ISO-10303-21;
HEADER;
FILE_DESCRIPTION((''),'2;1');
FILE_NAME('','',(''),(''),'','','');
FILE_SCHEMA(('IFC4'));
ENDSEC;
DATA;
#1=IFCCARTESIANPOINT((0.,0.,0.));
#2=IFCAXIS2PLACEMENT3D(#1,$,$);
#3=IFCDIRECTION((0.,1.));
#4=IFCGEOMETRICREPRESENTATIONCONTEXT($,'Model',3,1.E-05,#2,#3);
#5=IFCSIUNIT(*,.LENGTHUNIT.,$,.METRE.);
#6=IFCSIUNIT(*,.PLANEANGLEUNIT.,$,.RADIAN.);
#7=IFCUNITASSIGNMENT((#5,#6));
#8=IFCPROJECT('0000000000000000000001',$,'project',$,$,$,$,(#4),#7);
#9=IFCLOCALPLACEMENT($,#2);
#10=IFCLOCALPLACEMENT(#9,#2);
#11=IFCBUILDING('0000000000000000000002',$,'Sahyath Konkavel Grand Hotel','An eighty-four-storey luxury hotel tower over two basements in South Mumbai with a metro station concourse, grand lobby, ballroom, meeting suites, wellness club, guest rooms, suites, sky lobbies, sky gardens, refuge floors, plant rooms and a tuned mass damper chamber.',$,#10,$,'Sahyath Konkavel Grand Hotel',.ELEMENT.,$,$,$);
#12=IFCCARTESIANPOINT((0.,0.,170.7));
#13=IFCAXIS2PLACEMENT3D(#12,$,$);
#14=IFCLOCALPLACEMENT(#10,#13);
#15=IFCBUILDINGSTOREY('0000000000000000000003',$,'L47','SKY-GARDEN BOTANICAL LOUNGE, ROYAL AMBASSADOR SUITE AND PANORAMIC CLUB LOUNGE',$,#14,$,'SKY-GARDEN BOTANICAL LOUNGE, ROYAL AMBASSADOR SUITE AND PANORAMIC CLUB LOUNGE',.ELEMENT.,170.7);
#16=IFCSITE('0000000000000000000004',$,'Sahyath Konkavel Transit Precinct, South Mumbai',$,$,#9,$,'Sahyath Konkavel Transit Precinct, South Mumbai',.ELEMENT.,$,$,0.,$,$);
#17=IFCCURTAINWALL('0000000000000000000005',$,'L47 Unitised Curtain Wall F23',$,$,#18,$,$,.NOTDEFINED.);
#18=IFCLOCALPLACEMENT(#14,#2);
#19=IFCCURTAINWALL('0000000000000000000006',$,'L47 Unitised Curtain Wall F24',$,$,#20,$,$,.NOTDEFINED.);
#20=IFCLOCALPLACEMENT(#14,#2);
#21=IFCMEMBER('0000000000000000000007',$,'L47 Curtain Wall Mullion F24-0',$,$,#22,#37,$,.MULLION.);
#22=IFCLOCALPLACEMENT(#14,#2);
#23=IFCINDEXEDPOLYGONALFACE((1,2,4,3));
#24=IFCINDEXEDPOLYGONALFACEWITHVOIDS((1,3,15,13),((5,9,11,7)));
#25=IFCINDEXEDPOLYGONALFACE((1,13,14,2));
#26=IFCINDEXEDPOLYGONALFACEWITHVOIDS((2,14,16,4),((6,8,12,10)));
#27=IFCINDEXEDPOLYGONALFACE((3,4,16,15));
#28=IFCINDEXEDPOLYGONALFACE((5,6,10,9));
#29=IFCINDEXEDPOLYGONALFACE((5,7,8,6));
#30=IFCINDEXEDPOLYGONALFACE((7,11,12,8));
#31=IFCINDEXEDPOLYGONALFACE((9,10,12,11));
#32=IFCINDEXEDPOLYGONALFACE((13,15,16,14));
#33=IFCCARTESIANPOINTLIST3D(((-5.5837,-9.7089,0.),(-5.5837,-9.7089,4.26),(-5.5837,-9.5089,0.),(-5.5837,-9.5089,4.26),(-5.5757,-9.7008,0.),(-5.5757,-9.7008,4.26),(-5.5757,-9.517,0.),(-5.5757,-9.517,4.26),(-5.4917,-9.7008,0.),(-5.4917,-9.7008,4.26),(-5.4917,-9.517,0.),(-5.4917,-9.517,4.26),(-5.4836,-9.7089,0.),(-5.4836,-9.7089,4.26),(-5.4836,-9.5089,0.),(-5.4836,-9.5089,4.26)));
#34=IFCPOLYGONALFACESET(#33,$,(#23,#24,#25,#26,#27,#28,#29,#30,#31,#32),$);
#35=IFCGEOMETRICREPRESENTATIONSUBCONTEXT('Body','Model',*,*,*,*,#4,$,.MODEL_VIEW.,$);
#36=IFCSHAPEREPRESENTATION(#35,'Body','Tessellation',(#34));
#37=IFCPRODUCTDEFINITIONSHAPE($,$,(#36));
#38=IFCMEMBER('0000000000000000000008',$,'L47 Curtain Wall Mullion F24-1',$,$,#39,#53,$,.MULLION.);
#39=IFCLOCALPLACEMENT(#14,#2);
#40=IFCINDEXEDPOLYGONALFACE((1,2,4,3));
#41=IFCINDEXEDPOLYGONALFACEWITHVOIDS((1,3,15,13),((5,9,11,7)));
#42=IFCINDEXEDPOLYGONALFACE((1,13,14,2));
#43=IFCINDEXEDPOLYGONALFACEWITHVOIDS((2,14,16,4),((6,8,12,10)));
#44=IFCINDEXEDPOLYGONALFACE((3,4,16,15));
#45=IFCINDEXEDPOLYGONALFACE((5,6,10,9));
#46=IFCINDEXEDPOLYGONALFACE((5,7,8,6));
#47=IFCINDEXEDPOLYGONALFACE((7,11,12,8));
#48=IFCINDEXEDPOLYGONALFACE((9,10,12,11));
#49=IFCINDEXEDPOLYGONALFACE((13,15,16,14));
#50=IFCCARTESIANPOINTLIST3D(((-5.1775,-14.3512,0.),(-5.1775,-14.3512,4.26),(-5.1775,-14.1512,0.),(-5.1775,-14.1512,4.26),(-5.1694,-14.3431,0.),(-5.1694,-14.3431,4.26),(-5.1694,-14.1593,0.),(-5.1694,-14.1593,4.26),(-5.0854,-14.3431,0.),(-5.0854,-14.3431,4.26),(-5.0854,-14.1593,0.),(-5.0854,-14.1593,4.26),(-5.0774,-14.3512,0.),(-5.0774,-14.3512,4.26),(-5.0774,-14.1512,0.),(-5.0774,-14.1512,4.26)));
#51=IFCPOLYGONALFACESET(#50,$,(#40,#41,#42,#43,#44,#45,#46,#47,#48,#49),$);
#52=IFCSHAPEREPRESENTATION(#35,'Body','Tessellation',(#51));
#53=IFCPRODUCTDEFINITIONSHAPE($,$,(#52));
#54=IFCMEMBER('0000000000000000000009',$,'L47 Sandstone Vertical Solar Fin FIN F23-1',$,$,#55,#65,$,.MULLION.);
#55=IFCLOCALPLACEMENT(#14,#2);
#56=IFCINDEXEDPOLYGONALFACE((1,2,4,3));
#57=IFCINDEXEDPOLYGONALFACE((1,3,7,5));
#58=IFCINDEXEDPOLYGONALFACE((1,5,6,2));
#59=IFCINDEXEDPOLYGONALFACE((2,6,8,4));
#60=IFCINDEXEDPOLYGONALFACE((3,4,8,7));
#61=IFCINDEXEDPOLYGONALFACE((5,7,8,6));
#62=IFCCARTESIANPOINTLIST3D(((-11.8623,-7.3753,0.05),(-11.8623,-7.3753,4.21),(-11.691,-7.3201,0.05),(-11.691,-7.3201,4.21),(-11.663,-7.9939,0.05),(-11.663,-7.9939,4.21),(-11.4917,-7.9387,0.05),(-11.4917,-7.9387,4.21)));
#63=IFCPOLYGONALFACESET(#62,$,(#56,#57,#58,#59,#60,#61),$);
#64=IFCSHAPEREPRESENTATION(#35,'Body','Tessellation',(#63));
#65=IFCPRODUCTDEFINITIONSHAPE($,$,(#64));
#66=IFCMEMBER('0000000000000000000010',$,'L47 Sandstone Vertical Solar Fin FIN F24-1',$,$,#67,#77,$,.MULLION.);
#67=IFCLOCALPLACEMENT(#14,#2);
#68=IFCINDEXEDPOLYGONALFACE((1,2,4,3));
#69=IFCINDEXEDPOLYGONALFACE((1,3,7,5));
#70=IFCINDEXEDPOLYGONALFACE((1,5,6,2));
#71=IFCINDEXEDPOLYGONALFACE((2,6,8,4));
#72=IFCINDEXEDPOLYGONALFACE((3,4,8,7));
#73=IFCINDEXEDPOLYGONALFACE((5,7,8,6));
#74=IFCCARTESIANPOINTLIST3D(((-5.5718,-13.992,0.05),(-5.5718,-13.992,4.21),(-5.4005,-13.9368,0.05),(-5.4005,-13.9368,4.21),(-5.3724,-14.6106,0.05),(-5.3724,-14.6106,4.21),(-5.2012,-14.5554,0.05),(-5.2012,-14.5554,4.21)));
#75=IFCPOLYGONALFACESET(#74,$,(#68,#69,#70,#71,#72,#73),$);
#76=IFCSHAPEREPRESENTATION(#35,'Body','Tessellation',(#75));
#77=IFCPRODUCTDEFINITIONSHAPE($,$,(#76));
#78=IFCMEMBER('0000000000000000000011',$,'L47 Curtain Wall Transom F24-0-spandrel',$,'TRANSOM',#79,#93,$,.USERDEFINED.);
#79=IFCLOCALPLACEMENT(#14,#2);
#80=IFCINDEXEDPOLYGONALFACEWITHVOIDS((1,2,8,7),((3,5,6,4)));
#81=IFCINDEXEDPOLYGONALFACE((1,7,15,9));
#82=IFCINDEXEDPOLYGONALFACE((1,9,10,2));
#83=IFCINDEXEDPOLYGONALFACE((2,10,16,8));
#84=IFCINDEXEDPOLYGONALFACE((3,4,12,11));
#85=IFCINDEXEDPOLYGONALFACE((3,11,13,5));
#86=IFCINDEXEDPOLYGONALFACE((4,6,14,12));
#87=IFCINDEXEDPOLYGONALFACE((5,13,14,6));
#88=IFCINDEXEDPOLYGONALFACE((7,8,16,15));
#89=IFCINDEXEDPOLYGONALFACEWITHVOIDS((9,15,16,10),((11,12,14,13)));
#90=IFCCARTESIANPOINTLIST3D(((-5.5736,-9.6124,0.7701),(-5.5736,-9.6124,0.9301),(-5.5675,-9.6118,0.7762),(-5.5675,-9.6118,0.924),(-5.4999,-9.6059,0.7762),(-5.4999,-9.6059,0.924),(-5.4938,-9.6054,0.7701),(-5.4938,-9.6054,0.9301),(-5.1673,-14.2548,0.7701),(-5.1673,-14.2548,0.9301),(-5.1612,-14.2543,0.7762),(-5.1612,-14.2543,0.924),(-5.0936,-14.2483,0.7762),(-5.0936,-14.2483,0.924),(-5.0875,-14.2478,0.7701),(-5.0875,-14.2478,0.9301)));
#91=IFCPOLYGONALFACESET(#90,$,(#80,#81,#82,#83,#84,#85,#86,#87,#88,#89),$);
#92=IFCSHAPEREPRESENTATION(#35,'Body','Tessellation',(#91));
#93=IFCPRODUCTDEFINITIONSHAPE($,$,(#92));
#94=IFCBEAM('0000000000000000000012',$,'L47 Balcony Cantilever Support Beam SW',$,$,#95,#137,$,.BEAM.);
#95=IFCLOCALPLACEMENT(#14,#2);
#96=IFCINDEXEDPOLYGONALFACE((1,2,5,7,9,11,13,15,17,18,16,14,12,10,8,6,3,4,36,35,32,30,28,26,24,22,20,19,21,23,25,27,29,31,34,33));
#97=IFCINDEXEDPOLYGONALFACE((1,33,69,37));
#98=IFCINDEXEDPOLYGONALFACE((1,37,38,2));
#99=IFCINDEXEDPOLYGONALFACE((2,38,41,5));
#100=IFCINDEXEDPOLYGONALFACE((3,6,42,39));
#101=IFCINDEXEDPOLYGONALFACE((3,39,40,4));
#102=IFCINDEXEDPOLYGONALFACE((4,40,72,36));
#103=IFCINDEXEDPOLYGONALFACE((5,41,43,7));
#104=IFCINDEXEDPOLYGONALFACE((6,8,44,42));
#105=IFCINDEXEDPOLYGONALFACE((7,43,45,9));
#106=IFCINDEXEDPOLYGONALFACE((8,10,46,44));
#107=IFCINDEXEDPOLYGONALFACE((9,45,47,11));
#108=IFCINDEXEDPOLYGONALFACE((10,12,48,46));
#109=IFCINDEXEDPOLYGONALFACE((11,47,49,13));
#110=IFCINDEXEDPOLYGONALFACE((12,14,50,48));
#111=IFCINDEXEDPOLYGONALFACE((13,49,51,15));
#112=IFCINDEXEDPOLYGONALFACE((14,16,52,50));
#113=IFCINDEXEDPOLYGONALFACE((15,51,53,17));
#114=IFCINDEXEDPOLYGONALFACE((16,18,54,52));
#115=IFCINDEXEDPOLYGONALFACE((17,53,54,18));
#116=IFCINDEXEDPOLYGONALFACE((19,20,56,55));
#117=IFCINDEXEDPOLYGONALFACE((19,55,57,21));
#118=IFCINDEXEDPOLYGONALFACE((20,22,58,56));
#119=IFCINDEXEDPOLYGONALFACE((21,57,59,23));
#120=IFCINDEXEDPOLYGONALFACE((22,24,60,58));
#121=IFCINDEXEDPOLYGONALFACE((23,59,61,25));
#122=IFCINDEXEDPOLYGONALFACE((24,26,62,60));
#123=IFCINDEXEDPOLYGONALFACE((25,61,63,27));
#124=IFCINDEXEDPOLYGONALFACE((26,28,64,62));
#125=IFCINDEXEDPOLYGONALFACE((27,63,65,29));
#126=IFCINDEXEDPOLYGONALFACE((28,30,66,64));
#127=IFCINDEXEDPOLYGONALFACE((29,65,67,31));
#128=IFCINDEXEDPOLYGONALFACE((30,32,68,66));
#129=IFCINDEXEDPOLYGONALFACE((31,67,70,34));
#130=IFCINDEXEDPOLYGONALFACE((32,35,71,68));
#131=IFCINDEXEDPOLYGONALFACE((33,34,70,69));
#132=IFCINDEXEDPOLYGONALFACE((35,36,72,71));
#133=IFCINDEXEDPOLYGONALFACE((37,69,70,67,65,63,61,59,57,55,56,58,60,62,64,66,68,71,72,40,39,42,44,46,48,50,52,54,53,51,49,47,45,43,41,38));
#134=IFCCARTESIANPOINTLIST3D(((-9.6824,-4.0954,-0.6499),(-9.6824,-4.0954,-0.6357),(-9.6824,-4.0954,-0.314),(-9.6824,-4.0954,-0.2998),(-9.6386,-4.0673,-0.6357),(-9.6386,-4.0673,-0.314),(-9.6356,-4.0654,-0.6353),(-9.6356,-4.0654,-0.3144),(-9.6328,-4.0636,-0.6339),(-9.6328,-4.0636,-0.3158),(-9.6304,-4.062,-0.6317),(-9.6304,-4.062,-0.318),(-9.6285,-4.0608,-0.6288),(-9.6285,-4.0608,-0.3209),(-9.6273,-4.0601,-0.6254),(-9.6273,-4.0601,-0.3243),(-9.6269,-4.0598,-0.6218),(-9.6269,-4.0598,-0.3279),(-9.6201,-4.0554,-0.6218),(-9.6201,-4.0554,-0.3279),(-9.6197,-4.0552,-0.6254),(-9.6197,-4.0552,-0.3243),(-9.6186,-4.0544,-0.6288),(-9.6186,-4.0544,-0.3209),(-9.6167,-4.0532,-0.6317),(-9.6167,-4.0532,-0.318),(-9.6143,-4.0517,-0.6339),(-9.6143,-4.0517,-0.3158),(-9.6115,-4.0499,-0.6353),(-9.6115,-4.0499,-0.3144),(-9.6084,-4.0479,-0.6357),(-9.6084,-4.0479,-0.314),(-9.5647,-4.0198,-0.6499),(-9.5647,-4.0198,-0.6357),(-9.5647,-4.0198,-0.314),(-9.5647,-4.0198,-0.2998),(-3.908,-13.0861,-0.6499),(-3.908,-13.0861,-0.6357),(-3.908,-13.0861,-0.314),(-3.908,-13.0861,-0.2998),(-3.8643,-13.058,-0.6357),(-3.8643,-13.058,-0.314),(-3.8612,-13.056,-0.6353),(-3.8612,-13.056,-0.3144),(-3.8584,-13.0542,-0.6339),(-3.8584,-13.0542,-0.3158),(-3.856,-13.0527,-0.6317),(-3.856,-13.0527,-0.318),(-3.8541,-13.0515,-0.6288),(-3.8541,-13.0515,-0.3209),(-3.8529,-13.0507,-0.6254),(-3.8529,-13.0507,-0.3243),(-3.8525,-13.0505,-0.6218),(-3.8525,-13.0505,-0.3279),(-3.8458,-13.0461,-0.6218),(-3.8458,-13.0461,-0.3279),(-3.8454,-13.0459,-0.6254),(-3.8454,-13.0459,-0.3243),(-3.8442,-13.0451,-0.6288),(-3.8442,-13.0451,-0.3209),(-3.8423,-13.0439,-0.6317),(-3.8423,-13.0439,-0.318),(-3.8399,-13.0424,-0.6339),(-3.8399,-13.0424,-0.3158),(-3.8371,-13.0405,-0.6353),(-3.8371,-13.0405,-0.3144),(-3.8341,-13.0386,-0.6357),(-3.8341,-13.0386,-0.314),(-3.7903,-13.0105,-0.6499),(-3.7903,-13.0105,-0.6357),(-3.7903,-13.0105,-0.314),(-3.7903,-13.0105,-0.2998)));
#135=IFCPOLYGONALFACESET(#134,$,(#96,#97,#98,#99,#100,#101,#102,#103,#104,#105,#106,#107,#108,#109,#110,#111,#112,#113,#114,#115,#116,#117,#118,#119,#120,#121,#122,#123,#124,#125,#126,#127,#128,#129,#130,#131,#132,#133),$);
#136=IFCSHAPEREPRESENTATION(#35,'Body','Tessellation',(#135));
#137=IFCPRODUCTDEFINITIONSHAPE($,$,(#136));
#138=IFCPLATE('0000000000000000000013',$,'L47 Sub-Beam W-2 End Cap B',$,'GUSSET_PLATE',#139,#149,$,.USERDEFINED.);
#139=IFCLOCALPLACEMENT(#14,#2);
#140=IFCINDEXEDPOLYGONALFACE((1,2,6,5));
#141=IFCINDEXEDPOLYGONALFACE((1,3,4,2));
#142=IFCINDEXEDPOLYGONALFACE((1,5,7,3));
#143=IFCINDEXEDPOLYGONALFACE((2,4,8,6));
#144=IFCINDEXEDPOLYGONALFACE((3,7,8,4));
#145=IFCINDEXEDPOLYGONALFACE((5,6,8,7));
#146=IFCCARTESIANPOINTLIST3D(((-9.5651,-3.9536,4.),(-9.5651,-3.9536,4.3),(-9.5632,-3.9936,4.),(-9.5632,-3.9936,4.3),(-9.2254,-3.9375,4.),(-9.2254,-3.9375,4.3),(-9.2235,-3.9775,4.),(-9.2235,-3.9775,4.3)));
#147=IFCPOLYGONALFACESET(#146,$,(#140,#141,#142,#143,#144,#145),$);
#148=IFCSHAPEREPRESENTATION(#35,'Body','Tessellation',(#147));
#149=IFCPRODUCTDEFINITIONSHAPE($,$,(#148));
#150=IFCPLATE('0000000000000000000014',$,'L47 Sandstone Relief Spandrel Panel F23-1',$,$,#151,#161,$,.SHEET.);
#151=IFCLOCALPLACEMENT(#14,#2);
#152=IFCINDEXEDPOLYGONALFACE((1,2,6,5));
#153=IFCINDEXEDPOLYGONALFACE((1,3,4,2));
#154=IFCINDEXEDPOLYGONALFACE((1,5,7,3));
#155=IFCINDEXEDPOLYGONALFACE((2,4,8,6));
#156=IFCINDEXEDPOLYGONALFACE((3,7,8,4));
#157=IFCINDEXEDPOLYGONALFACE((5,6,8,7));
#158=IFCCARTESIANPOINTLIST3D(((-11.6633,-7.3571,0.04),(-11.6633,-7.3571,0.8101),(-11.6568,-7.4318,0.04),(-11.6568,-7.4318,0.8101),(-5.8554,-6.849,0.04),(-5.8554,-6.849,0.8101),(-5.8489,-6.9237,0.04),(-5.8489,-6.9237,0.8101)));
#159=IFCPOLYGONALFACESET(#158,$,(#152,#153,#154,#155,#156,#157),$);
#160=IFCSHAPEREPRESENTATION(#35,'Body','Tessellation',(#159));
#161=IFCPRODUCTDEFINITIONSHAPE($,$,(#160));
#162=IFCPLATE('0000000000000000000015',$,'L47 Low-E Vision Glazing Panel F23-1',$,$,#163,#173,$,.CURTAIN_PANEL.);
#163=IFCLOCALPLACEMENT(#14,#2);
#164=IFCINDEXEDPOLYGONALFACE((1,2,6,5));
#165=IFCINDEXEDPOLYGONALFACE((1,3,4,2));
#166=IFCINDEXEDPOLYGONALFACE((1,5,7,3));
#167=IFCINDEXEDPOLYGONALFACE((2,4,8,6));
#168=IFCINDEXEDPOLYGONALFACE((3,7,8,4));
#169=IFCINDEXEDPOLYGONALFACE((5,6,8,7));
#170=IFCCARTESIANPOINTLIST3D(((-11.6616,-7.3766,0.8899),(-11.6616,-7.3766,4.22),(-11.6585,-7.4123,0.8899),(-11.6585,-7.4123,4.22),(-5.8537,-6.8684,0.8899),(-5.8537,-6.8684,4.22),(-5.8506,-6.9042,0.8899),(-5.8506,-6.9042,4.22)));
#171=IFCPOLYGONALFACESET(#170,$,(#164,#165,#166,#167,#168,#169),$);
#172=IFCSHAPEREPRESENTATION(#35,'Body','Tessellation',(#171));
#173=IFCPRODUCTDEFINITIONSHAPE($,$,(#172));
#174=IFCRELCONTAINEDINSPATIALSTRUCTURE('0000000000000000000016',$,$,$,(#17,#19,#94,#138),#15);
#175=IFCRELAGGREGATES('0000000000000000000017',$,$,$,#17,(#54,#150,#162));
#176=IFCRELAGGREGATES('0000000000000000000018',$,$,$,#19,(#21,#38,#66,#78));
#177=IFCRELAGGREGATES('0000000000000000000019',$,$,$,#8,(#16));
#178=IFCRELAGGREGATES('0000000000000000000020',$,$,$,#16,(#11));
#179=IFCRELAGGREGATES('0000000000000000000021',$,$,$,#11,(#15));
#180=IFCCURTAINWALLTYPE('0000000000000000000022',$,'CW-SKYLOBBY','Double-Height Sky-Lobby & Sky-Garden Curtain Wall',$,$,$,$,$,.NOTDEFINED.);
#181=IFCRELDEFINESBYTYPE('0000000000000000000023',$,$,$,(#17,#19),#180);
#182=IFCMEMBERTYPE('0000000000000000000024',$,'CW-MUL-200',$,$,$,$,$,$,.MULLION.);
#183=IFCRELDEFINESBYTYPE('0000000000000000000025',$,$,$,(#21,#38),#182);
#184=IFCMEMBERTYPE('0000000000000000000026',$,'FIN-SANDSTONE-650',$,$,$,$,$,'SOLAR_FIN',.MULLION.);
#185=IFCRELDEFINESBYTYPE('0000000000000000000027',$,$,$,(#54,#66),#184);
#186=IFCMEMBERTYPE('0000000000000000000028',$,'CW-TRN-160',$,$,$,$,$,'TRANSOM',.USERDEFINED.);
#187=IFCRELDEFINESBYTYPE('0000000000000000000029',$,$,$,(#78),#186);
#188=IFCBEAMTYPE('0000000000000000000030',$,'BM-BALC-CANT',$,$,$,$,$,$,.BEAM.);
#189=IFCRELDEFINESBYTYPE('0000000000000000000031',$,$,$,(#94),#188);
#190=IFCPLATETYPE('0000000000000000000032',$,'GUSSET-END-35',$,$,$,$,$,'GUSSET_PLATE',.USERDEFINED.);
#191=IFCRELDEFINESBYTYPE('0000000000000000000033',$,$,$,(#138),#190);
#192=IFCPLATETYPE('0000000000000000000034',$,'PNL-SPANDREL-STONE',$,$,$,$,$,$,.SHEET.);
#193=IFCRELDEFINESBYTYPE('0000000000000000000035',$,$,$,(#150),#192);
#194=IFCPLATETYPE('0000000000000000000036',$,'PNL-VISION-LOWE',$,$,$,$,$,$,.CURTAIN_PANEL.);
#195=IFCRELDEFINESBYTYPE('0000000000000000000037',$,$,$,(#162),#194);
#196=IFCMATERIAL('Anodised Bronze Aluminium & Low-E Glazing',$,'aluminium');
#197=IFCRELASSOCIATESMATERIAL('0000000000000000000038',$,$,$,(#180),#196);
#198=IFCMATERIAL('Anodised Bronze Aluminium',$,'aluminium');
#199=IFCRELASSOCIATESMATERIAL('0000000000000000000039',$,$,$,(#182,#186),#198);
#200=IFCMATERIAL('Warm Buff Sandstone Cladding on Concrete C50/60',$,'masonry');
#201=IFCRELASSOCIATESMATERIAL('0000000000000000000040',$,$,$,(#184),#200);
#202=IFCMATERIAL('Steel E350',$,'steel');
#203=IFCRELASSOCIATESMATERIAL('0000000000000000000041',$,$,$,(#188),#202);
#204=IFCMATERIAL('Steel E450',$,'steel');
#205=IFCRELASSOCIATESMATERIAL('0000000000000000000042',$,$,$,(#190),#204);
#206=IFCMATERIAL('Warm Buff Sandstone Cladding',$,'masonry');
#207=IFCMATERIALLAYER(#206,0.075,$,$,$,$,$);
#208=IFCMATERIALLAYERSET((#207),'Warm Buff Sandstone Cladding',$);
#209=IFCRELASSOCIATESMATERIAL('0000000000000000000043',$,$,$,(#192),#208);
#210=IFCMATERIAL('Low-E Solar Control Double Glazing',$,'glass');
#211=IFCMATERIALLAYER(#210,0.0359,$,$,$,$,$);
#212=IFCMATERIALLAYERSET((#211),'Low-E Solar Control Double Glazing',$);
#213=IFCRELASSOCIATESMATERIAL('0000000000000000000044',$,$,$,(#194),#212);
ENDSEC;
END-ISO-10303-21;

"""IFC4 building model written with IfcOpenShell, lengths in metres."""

from ifc_helpers import new_model, si_unit, direction, frame, origin, origin_2d, place, context, subcontext, project, spatial, rectangle, hollow_rectangle, i_section, extrude, source, transform, mapped, material, layer, layer_set, material_profile, profile_set, type_object, element, aggregate, save


model = new_model("IFC4")

# Units and contexts
model_context = context("Model", 3, precision=1e-05, world=origin(), true_north=direction((0.0, 1.0)))
body_context = subcontext(model_context, "Body", "Model", "MODEL_VIEW")
ifc_project = project(units=[si_unit("LENGTHUNIT", "METRE"), si_unit("PLANEANGLEUNIT", "RADIAN")], contexts=[model_context])

# Site, building, storey
site_placement = place(None, origin())
site = spatial("IfcSite", under=ifc_project, at=site_placement, Name="Sahyath Konkavel Transit Precinct, South Mumbai", LongName="Sahyath Konkavel Transit Precinct, South Mumbai", CompositionType="ELEMENT", RefElevation=0.0)
building_placement = place(site_placement, origin())
building = spatial("IfcBuilding", under=site, at=building_placement, Name="Sahyath Konkavel Grand Hotel", Description="An eighty-four-storey luxury hotel tower over two basements in South Mumbai with a metro station concourse, grand lobby, ballroom, meeting suites, wellness club, guest rooms, suites, sky lobbies, sky gardens, refuge floors, plant rooms and a tuned mass damper chamber.", LongName="Sahyath Konkavel Grand Hotel", CompositionType="ELEMENT")
storey_placement = place(building_placement, frame((0.0, 0.0, 170.7)))
storey = spatial("IfcBuildingStorey", under=building, at=storey_placement, Name="L47", Description="SKY-GARDEN BOTANICAL LOUNGE, ROYAL AMBASSADOR SUITE AND PANORAMIC CLUB LOUNGE", LongName="SKY-GARDEN BOTANICAL LOUNGE, ROYAL AMBASSADOR SUITE AND PANORAMIC CLUB LOUNGE", CompositionType="ELEMENT", Elevation=170.7)

# Shared definitions
ifc_material_1 = material(Name="Steel E350", Category="steel")

# Curtain wall
ifc_material_2 = material(Name="Anodised Bronze Aluminium & Low-E Glazing", Category="aluminium")
curtain_wall_type = type_object("IfcCurtainWallType", Name="CW-SKYLOBBY", Description="Double-Height Sky-Lobby & Sky-Garden Curtain Wall", PredefinedType="NOTDEFINED", material=ifc_material_2)
curtain_wall_1_placement = place(storey_placement, origin())
curtain_wall_1 = element("IfcCurtainWall", 1, at=curtain_wall_1_placement, inside=storey, type_object=curtain_wall_type, Name="L47 Unitised Curtain Wall F23", PredefinedType="NOTDEFINED")
ifc_material_3 = material(Name="Anodised Bronze Aluminium", Category="aluminium")
ifc_material_profile_1 = material_profile(ifc_material_3, hollow_rectangle(XDim=0.1001, YDim=0.2, WallThickness=0.0081, at=origin_2d()), Name="RHS 200x100x8")
ifc_profile_set_1 = profile_set([ifc_material_profile_1], Name="Anodised Bronze Aluminium")
member_type_1 = type_object("IfcMemberType", Name="CW-MUL-200", PredefinedType="MULLION", material=ifc_profile_set_1)
shared_shape_1 = source(origin(), body_context, "Body", "SweptSolid", [
    extrude(hollow_rectangle(XDim=0.1001, YDim=0.2, WallThickness=0.0081, at=origin_2d()), origin(), (0.0, 0.0, 1.0), 4.26),
])

# Curtain wall, members
curtain_wall_2_placement = place(storey_placement, origin())
curtain_wall_2 = element("IfcCurtainWall", 2, at=curtain_wall_2_placement, inside=storey, type_object=curtain_wall_type, Name="L47 Unitised Curtain Wall F24", PredefinedType="NOTDEFINED")
member_1_placement = place(storey_placement, frame((-5.5337, -9.6089, 0.0), z_axis=(0.0, 0.0, 1.0), x_axis=(1.0, 0.0, 0.0)))
member_1 = element("IfcMember", 3, at=member_1_placement, type_object=member_type_1, Name="L47 Curtain Wall Mullion F24-0", PredefinedType="MULLION", context=body_context, shape_type="MappedRepresentation", body=[
    mapped(shared_shape_1, transform((0.0, 0.0, 0.0), scale=1.0)),
])
member_2_placement = place(storey_placement, frame((-5.1274, -14.2512, 0.0), z_axis=(0.0, 0.0, 1.0), x_axis=(1.0, 0.0, 0.0)))
member_2 = element("IfcMember", 4, at=member_2_placement, type_object=member_type_1, Name="L47 Curtain Wall Mullion F24-1", PredefinedType="MULLION", context=body_context, shape_type="MappedRepresentation", body=[
    mapped(shared_shape_1, transform((0.0, 0.0, 0.0), scale=1.0)),
])

# Members
ifc_material_4 = material(Name="Warm Buff Sandstone Cladding on Concrete C50/60", Category="masonry")
ifc_material_profile_2 = material_profile(ifc_material_4, rectangle(XDim=0.1799, YDim=0.6499, at=origin_2d()), Name="FIN 180x650")
ifc_profile_set_2 = profile_set([ifc_material_profile_2], Name="Warm Buff Sandstone Cladding on Concrete C50/60")
member_type_2 = type_object("IfcMemberType", Name="FIN-SANDSTONE-650", ElementType="SOLAR_FIN", PredefinedType="MULLION", material=ifc_profile_set_2)
shared_shape_2 = source(origin(), body_context, "Body", "SweptSolid", [
    extrude(rectangle(XDim=0.1799, YDim=0.6499, at=origin_2d()), origin(), (0.0, 0.0, 1.0), 4.1599),
])
member_3_placement = place(storey_placement, frame((-11.677, -7.657, 0.05), z_axis=(0.0, 0.0, 1.0), x_axis=(0.951809, 0.306692, 0.0)))
member_3 = element("IfcMember", 5, at=member_3_placement, type_object=member_type_2, Name="L47 Sandstone Vertical Solar Fin FIN F23-1", PredefinedType="MULLION", context=body_context, shape_type="MappedRepresentation", body=[
    mapped(shared_shape_2, transform((0.0, 0.0, 0.0), scale=1.0)),
])
member_4_placement = place(storey_placement, frame((-5.3865, -14.2737, 0.05), z_axis=(0.0, 0.0, 1.0), x_axis=(0.951809, 0.306692, 0.0)))
member_4 = element("IfcMember", 6, at=member_4_placement, type_object=member_type_2, Name="L47 Sandstone Vertical Solar Fin FIN F24-1", PredefinedType="MULLION", context=body_context, shape_type="MappedRepresentation", body=[
    mapped(shared_shape_2, transform((0.0, 0.0, 0.0), scale=1.0)),
])
ifc_material_profile_3 = material_profile(ifc_material_3, hollow_rectangle(XDim=0.0801, YDim=0.1599, WallThickness=0.0061, at=origin_2d()), Name="RHS 160x80x6")
ifc_profile_set_3 = profile_set([ifc_material_profile_3], Name="Anodised Bronze Aluminium")
member_type_3 = type_object("IfcMemberType", Name="CW-TRN-160", ElementType="TRANSOM", PredefinedType="USERDEFINED", material=ifc_profile_set_3)
shared_shape_3 = source(origin(), body_context, "Body", "SweptSolid", [
    extrude(hollow_rectangle(XDim=0.0801, YDim=0.1599, WallThickness=0.0061, at=origin_2d()), origin(), (0.0, 0.0, 1.0), 4.6602),
])
member_5_placement = place(storey_placement, frame((-5.5337, -9.6089, 0.8501), z_axis=(0.087177, -0.996193, 0.0), x_axis=(0.996193, 0.087177, 0.0)))
member_5 = element("IfcMember", 7, at=member_5_placement, type_object=member_type_3, Name="L47 Curtain Wall Transom F24-0-spandrel", ObjectType="TRANSOM", PredefinedType="USERDEFINED", context=body_context, shape_type="MappedRepresentation", body=[
    mapped(shared_shape_3, transform((0.0, 0.0, 0.0), scale=1.0)),
])

# Beam
ifc_material_profile_4 = material_profile(ifc_material_1, i_section(OverallWidth=0.1399, OverallDepth=0.3501, WebThickness=0.0081, FlangeThickness=0.0142, FilletRadius=0.0139, at=origin_2d()), Name="ISMB 350")
ifc_profile_set_4 = profile_set([ifc_material_profile_4], Name="Steel E350")
beam_type_1 = type_object("IfcBeamType", Name="BM-BALC-CANT", PredefinedType="BEAM", material=ifc_profile_set_4)
shared_shape_4 = source(origin(), body_context, "Body", "SweptSolid", [
    extrude(i_section(OverallWidth=0.1399, OverallDepth=0.3501, WebThickness=0.0081, FlangeThickness=0.0142, FilletRadius=0.0139, at=origin_2d()), origin(), (0.0, 0.0, 1.0), 10.6853),
])
beam_1_placement = place(storey_placement, frame((-9.6235, -4.0576, -0.4749), z_axis=(0.540404, -0.841406, 0.0), x_axis=(0.841406, 0.540404, 0.0)))
element("IfcBeam", 8, at=beam_1_placement, inside=storey, type_object=beam_type_1, Name="L47 Balcony Cantilever Support Beam SW", PredefinedType="BEAM", context=body_context, shape_type="MappedRepresentation", body=[
    mapped(shared_shape_4, transform((0.0, 0.0, 0.0), scale=1.0)),
])

# Plates
ifc_material_5 = material(Name="Steel E450", Category="steel")
plate_type_1 = type_object("IfcPlateType", Name="GUSSET-END-35", ElementType="GUSSET_PLATE", PredefinedType="USERDEFINED", material=ifc_material_5)
shared_shape_5 = source(origin(), body_context, "Body", "SweptSolid", [
    extrude(rectangle(XDim=0.04, YDim=0.3401, at=origin_2d()), origin(), (0.0, 0.0, 1.0), 0.3),
])
plate_1_placement = place(storey_placement, frame((-9.3943, -3.9656, 4.0), z_axis=(0.0, 0.0, 1.0), x_axis=(0.047228, -0.998884, 0.0)))
element("IfcPlate", 9, at=plate_1_placement, inside=storey, type_object=plate_type_1, Name="L47 Sub-Beam W-2 End Cap B", ObjectType="GUSSET_PLATE", PredefinedType="USERDEFINED", context=body_context, shape_type="MappedRepresentation", body=[
    mapped(shared_shape_5, transform((0.0, 0.0, 0.0), scale=1.0)),
])
ifc_material_6 = material(Name="Warm Buff Sandstone Cladding", Category="masonry")
ifc_layer_1 = layer(ifc_material_6, 0.075)
ifc_layer_set_1 = layer_set([ifc_layer_1], Name="Warm Buff Sandstone Cladding")
plate_type_2 = type_object("IfcPlateType", Name="PNL-SPANDREL-STONE", PredefinedType="SHEET", material=ifc_layer_set_1)
shared_shape_6 = source(origin(), body_context, "Body", "SweptSolid", [
    extrude(rectangle(XDim=5.8301, YDim=0.075, at=origin_2d()), origin(), (0.0, 0.0, 1.0), 0.77),
])
plate_2_placement = place(storey_placement, frame((-8.7561, -7.1404, 0.04), z_axis=(0.0, 0.0, 1.0), x_axis=(0.996195, 0.087156, 0.0)))
plate_2 = element("IfcPlate", 10, at=plate_2_placement, type_object=plate_type_2, Name="L47 Sandstone Relief Spandrel Panel F23-1", PredefinedType="SHEET", context=body_context, shape_type="MappedRepresentation", body=[
    mapped(shared_shape_6, transform((0.0, 0.0, 0.0), scale=1.0)),
])
ifc_material_7 = material(Name="Low-E Solar Control Double Glazing", Category="glass")
ifc_layer_2 = layer(ifc_material_7, 0.0359)
ifc_layer_set_2 = layer_set([ifc_layer_2], Name="Low-E Solar Control Double Glazing")
plate_type_3 = type_object("IfcPlateType", Name="PNL-VISION-LOWE", PredefinedType="CURTAIN_PANEL", material=ifc_layer_set_2)
shared_shape_7 = source(origin(), body_context, "Body", "SweptSolid", [
    extrude(rectangle(XDim=5.8301, YDim=0.0359, at=origin_2d()), origin(), (0.0, 0.0, 1.0), 3.3301),
])
plate_3_placement = place(storey_placement, frame((-8.7561, -7.1404, 0.8899), z_axis=(0.0, 0.0, 1.0), x_axis=(0.996195, 0.087156, 0.0)))
plate_3 = element("IfcPlate", 11, at=plate_3_placement, type_object=plate_type_3, Name="L47 Low-E Vision Glazing Panel F23-1", PredefinedType="CURTAIN_PANEL", context=body_context, shape_type="MappedRepresentation", body=[
    mapped(shared_shape_7, transform((0.0, 0.0, 0.0), scale=1.0)),
])
aggregate(curtain_wall_1, [member_3, plate_2, plate_3])
aggregate(curtain_wall_2, [member_1, member_2, member_4, member_5])

save(model, "model.ifc")
